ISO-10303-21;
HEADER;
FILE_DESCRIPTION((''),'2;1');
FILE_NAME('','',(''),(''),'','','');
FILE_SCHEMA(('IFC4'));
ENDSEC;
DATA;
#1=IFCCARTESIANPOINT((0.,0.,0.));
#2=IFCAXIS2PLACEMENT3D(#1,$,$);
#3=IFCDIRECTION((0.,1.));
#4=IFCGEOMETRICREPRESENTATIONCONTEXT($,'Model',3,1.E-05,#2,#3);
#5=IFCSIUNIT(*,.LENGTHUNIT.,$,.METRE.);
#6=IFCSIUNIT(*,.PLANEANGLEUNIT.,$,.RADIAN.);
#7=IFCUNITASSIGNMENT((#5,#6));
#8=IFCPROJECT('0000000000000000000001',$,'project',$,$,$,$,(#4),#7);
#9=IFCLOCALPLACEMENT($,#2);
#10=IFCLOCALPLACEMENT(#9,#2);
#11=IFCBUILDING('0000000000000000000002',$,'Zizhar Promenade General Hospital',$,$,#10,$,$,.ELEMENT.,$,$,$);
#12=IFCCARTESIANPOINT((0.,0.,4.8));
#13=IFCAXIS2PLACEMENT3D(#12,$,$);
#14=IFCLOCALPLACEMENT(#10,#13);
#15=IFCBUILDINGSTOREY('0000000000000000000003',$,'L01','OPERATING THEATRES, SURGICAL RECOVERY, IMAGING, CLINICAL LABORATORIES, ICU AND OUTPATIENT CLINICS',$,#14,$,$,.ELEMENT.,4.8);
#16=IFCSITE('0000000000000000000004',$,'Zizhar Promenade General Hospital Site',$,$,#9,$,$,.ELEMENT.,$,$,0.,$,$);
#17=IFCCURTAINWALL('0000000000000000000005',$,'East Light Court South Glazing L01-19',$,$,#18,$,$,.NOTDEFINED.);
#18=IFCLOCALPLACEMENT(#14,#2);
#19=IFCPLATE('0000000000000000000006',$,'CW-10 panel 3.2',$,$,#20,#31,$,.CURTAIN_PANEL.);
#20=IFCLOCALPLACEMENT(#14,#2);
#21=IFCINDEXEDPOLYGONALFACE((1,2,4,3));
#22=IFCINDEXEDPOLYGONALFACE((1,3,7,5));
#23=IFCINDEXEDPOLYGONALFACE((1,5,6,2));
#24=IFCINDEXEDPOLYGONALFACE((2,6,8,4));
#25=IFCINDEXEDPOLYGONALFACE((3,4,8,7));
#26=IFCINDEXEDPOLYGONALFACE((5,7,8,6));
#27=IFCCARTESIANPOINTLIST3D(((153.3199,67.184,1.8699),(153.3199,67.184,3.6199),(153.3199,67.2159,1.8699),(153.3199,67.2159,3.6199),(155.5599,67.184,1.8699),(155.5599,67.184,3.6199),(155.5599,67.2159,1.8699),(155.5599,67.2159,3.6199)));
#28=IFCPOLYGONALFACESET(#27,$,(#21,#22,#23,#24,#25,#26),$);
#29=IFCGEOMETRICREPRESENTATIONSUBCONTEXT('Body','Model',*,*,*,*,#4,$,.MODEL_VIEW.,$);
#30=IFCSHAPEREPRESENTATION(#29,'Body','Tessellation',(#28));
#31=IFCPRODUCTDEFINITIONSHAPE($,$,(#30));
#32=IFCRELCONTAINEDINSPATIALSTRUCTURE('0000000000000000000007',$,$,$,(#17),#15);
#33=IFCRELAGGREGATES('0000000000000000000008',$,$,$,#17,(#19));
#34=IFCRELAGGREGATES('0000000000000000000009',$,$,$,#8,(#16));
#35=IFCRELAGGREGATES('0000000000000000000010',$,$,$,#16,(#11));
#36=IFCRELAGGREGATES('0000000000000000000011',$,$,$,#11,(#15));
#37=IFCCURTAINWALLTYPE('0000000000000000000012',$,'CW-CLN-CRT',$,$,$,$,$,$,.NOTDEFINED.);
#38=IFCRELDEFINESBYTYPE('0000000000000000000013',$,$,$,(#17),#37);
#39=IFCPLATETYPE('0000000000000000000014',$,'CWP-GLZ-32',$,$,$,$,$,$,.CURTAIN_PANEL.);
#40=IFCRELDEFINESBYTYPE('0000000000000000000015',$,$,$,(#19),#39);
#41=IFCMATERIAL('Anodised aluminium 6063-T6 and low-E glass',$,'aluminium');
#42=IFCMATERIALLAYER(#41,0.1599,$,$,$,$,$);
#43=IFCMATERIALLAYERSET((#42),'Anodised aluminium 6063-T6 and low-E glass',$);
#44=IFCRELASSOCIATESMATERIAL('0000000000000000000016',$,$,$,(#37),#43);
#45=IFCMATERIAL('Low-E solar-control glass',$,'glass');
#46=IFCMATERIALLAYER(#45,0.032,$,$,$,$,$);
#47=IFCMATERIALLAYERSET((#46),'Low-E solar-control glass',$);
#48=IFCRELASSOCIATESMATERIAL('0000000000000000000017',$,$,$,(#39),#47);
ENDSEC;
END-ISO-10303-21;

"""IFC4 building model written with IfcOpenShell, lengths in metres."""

from ifc_helpers import new_model, si_unit, direction, frame, origin, origin_2d, place, context, subcontext, project, spatial, rectangle, extrude, material, layer, layer_set, type_object, element, aggregate, save


model = new_model("IFC4")

# Units and contexts
model_context = context("Model", 3, precision=1e-05, world=origin(), true_north=direction((0.0, 1.0)))
body_context = subcontext(model_context, "Body", "Model", "MODEL_VIEW")
ifc_project = project(units=[si_unit("LENGTHUNIT", "METRE"), si_unit("PLANEANGLEUNIT", "RADIAN")], contexts=[model_context])

# Site, building, storey
site_placement = place(None, origin())
site = spatial("IfcSite", under=ifc_project, at=site_placement, Name="Zizhar Promenade General Hospital Site", CompositionType="ELEMENT", RefElevation=0.0)
building_placement = place(site_placement, origin())
building = spatial("IfcBuilding", under=site, at=building_placement, Name="Zizhar Promenade General Hospital", CompositionType="ELEMENT")
storey_placement = place(building_placement, frame((0.0, 0.0, 4.8)))
storey = spatial("IfcBuildingStorey", under=building, at=storey_placement, Name="L01", Description="OPERATING THEATRES, SURGICAL RECOVERY, IMAGING, CLINICAL LABORATORIES, ICU AND OUTPATIENT CLINICS", CompositionType="ELEMENT", Elevation=4.8)

# Curtain wall, plate
ifc_material_1 = material(Name="Anodised aluminium 6063-T6 and low-E glass", Category="aluminium")
ifc_layer_1 = layer(ifc_material_1, 0.1599)
ifc_layer_set_1 = layer_set([ifc_layer_1], Name="Anodised aluminium 6063-T6 and low-E glass")
curtain_wall_type = type_object("IfcCurtainWallType", Name="CW-CLN-CRT", PredefinedType="NOTDEFINED", material=ifc_layer_set_1)
curtain_wall_placement = place(storey_placement, origin())
curtain_wall = element("IfcCurtainWall", 1, at=curtain_wall_placement, inside=storey, type_object=curtain_wall_type, Name="East Light Court South Glazing L01-19", PredefinedType="NOTDEFINED")
ifc_material_2 = material(Name="Low-E solar-control glass", Category="glass")
ifc_layer_2 = layer(ifc_material_2, 0.032)
ifc_layer_set_2 = layer_set([ifc_layer_2], Name="Low-E solar-control glass")
plate_type = type_object("IfcPlateType", Name="CWP-GLZ-32", PredefinedType="CURTAIN_PANEL", material=ifc_layer_set_2)
plate_1_placement = place(storey_placement, frame((154.4399, 67.2, 1.8699), z_axis=(0.0, 0.0, 1.0), x_axis=(1.0, 0.0, 0.0)))
plate_1 = element("IfcPlate", 2, at=plate_1_placement, type_object=plate_type, Name="CW-10 panel 3.2", PredefinedType="CURTAIN_PANEL", context=body_context, shape_type="SweptSolid", body=[
    extrude(rectangle(XDim=2.24, YDim=0.032, at=origin_2d()), origin(), (0.0, 0.0, 1.0), 1.75),
])
aggregate(curtain_wall, [plate_1])

save(model, "model.ifc")
